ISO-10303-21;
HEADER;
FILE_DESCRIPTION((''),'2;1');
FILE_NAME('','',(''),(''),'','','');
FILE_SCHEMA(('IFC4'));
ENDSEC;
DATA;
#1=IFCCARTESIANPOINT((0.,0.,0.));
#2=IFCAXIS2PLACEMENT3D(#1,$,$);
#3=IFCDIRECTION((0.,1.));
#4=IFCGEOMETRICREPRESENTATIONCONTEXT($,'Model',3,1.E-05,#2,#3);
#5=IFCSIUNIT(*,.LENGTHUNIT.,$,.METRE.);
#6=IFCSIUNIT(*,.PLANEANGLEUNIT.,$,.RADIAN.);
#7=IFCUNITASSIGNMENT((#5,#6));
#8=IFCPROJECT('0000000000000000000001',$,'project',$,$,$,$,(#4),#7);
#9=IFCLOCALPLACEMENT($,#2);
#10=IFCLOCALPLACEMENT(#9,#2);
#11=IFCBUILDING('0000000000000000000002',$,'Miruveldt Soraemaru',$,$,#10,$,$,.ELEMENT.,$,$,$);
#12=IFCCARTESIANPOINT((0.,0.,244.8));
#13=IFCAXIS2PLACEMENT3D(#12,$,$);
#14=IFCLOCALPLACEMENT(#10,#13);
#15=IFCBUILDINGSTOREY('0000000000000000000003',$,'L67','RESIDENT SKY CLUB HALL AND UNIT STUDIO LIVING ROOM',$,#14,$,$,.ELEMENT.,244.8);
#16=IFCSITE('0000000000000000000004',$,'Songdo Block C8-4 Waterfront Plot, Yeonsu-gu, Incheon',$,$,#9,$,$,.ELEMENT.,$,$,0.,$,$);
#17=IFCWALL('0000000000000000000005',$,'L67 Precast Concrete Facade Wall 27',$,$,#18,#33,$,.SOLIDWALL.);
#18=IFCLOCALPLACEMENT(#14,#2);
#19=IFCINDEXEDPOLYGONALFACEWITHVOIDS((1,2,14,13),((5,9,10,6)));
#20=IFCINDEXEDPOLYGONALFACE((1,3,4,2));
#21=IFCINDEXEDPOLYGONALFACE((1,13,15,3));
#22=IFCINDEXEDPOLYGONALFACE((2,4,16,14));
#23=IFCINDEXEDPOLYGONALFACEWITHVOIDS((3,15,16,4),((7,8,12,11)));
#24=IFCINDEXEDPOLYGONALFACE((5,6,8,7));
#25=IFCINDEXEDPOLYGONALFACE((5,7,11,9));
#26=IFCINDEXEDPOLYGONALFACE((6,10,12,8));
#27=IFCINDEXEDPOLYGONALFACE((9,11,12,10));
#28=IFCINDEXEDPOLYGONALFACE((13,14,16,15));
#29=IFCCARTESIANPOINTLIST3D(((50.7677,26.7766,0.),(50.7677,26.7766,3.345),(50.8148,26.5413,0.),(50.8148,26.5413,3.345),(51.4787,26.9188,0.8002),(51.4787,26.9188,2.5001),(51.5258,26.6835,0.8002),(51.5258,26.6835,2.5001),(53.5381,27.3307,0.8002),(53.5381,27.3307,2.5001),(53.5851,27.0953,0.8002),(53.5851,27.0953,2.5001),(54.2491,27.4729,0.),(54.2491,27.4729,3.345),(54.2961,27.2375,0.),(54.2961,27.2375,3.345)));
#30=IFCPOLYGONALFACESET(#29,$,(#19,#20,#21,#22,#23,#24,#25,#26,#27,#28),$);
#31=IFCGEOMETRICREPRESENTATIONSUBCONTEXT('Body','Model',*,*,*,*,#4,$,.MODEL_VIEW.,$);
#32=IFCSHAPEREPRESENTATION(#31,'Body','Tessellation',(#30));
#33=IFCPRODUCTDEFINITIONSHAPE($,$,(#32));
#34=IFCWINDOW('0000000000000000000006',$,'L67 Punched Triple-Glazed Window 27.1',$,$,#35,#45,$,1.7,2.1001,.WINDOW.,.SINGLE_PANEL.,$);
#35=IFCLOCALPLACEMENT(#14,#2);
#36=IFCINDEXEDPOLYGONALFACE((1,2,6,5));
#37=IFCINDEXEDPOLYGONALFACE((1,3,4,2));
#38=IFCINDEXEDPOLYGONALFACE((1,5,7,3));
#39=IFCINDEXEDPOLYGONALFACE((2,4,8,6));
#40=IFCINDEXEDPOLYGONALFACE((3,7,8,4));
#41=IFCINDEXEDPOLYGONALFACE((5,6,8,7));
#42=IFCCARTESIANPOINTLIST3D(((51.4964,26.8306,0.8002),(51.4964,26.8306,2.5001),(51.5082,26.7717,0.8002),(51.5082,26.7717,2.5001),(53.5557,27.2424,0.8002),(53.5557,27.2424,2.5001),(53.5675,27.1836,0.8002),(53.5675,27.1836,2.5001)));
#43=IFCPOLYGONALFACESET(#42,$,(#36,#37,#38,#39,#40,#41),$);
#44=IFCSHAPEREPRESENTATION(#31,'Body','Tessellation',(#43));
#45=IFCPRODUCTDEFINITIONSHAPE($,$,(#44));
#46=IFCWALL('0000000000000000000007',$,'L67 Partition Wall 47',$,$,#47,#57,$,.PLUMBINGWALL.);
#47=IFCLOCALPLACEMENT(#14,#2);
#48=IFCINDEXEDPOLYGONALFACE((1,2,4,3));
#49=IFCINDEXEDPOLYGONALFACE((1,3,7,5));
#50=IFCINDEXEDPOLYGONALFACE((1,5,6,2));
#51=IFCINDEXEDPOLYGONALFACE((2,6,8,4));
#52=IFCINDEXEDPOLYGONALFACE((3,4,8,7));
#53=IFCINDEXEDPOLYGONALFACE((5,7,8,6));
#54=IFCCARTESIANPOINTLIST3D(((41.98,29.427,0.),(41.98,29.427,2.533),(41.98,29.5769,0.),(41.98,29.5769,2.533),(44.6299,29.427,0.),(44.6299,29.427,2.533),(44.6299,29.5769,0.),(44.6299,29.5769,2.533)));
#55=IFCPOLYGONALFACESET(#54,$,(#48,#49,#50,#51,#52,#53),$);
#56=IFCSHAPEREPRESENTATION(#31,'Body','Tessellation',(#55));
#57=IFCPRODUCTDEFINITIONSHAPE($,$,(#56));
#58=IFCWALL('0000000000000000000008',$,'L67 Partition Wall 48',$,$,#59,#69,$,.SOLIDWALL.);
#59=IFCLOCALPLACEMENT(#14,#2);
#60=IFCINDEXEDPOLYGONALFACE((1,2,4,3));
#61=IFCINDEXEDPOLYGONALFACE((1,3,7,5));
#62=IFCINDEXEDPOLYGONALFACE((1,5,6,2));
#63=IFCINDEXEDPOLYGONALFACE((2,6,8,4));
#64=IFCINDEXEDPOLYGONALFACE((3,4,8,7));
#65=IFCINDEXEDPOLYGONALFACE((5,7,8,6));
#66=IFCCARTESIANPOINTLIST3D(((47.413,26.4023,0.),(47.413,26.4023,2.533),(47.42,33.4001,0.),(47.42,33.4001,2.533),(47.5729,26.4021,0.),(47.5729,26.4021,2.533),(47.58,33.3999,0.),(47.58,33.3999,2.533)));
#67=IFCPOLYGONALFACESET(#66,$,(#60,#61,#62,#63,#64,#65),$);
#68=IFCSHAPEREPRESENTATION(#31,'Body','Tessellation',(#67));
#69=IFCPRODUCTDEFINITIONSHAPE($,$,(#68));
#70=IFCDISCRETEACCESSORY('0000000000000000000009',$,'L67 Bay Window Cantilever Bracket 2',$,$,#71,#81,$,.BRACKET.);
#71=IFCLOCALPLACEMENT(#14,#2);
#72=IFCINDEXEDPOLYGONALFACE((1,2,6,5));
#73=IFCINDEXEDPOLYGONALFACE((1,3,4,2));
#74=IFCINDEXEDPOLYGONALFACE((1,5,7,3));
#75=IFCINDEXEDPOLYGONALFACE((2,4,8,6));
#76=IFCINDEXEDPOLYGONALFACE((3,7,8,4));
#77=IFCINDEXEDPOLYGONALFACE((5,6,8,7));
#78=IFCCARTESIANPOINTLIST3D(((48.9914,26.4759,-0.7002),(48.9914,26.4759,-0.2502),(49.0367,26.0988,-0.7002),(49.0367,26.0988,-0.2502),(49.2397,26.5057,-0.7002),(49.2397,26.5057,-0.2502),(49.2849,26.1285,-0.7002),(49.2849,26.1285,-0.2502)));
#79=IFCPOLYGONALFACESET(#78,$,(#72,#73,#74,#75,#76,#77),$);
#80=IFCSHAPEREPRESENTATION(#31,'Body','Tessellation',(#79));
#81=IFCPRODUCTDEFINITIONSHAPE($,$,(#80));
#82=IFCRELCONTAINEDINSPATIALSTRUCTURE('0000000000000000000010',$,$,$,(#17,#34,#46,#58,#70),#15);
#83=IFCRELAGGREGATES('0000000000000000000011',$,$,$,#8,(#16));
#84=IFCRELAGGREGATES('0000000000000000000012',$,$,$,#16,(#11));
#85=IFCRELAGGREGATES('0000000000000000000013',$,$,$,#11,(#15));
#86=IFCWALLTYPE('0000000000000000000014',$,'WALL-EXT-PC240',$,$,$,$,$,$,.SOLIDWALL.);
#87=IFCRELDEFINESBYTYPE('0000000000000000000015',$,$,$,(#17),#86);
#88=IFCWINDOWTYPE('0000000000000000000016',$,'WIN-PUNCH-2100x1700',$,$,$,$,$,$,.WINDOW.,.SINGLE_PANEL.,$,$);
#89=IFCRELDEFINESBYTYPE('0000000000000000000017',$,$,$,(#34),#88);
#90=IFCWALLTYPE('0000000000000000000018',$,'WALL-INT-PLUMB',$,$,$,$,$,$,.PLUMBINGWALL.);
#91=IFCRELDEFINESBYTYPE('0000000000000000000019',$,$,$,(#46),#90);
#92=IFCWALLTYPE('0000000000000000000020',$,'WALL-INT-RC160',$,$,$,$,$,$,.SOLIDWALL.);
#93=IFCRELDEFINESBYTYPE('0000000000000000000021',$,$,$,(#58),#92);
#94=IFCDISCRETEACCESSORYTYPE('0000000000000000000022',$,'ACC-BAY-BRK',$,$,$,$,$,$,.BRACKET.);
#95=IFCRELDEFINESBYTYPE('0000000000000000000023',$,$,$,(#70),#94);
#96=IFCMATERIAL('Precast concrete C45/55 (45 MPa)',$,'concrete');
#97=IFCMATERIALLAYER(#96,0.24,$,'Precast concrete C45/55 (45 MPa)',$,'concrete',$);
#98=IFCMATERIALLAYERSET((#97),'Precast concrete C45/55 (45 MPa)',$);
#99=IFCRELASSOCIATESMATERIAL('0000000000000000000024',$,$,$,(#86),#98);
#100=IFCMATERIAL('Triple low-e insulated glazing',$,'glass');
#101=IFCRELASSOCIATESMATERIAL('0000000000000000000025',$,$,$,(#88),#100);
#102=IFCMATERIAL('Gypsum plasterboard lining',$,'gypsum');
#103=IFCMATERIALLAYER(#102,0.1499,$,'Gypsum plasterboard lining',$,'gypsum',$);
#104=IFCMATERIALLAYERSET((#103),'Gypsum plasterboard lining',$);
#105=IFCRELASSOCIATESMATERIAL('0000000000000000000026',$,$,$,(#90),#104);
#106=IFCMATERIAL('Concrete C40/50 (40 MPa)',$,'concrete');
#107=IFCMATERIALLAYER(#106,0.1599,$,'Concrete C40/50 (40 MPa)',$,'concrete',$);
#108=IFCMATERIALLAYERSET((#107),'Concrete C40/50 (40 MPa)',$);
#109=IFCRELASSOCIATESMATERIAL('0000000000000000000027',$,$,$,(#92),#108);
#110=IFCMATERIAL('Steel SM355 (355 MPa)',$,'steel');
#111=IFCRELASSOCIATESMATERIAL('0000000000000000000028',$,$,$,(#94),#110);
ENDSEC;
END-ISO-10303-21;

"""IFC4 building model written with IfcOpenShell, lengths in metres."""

from ifc_helpers import new_model, si_unit, direction, frame, frame_2d, origin, origin_2d, place, context, subcontext, project, spatial, rectangle, extrude, material, layer, layer_set, type_object, element, fill, save


model = new_model("IFC4")

# Units and contexts
model_context = context("Model", 3, precision=1e-05, world=origin(), true_north=direction((0.0, 1.0)))
body_context = subcontext(model_context, "Body", "Model", "MODEL_VIEW")
ifc_project = project(units=[si_unit("LENGTHUNIT", "METRE"), si_unit("PLANEANGLEUNIT", "RADIAN")], contexts=[model_context])

# Site, building, storey
site_placement = place(None, origin())
site = spatial("IfcSite", under=ifc_project, at=site_placement, Name="Songdo Block C8-4 Waterfront Plot, Yeonsu-gu, Incheon", CompositionType="ELEMENT", RefElevation=0.0)
building_placement = place(site_placement, origin())
building = spatial("IfcBuilding", under=site, at=building_placement, Name="Miruveldt Soraemaru", CompositionType="ELEMENT")
storey_placement = place(building_placement, frame((0.0, 0.0, 244.8)))
storey = spatial("IfcBuildingStorey", under=building, at=storey_placement, Name="L67", Description="RESIDENT SKY CLUB HALL AND UNIT STUDIO LIVING ROOM", CompositionType="ELEMENT", Elevation=244.8)

# Shared definitions
ifc_material_1 = material(Name="Triple low-e insulated glazing", Category="glass")
ifc_material_2 = material(Name="Precast concrete C45/55 (45 MPa)", Category="concrete")
ifc_layer_1 = layer(ifc_material_2, 0.24, Name="Precast concrete C45/55 (45 MPa)", Category="concrete")
ifc_layer_set_1 = layer_set([ifc_layer_1], Name="Precast concrete C45/55 (45 MPa)")
wall_type_1 = type_object("IfcWallType", Name="WALL-EXT-PC240", PredefinedType="SOLIDWALL", material=ifc_layer_set_1)
window_type_1 = type_object("IfcWindowType", Name="WIN-PUNCH-2100x1700", PartitioningType="SINGLE_PANEL", PredefinedType="WINDOW", material=ifc_material_1)

# Wall, opening, window
wall_1_placement = place(storey_placement, frame((50.7913, 26.6589, 0.0), z_axis=(0.0, 0.0, 1.0), x_axis=(0.980581, 0.196116, 0.0)))
wall_1 = element("IfcWall", 1, at=wall_1_placement, inside=storey, type_object=wall_type_1, Name="L67 Precast Concrete Facade Wall 27", PredefinedType="SOLIDWALL", context=body_context, shape_type="SweptSolid", body=[
    extrude(rectangle(XDim=3.5503, YDim=0.24, at=frame_2d((1.7751, 0.0))), origin(), (0.0, 0.0, 1.0), 3.345),
])
opening_1_placement = place(wall_1_placement, frame((0.7251, 0.0, 0.8)))
opening_1 = element("IfcOpeningElement", 2, at=opening_1_placement, cuts=wall_1, PredefinedType="OPENING", context=body_context, shape_type="SweptSolid", body=[
    extrude(rectangle(XDim=2.1001, YDim=1.7, at=frame_2d((1.05, 0.8501))), frame((0.0, 0.1299, 0.0), z_axis=(0.0, -1.0, 0.0), x_axis=(1.0, 0.0, 0.0)), (0.0, 0.0, 1.0), 0.26),
])
window_1_placement = place(opening_1_placement, origin())
window_1 = element("IfcWindow", 3, at=window_1_placement, inside=storey, type_object=window_type_1, Name="L67 Punched Triple-Glazed Window 27.1", OverallHeight=1.7, OverallWidth=2.1001, PartitioningType="SINGLE_PANEL", PredefinedType="WINDOW", context=body_context, shape_type="SweptSolid", body=[
    extrude(rectangle(XDim=2.1001, YDim=1.7, at=frame_2d((1.05, 0.8501))), frame((0.0, 0.03, 0.0), z_axis=(0.0, -1.0, 0.0), x_axis=(1.0, 0.0, 0.0)), (0.0, 0.0, 1.0), 0.0601),
])
fill(opening_1, window_1)

# Walls
ifc_material_3 = material(Name="Gypsum plasterboard lining", Category="gypsum")
ifc_layer_2 = layer(ifc_material_3, 0.1499, Name="Gypsum plasterboard lining", Category="gypsum")
ifc_layer_set_2 = layer_set([ifc_layer_2], Name="Gypsum plasterboard lining")
wall_type_2 = type_object("IfcWallType", Name="WALL-INT-PLUMB", PredefinedType="PLUMBINGWALL", material=ifc_layer_set_2)
wall_2_placement = place(storey_placement, frame((41.98, 29.502, 0.0), z_axis=(0.0, 0.0, 1.0), x_axis=(1.0, 0.0, 0.0)))
element("IfcWall", 4, at=wall_2_placement, inside=storey, type_object=wall_type_2, Name="L67 Partition Wall 47", PredefinedType="PLUMBINGWALL", context=body_context, shape_type="SweptSolid", body=[
    extrude(rectangle(XDim=2.6499, YDim=0.1499, at=frame_2d((1.325, 0.0))), origin(), (0.0, 0.0, 1.0), 2.533),
])
ifc_material_4 = material(Name="Concrete C40/50 (40 MPa)", Category="concrete")
ifc_layer_3 = layer(ifc_material_4, 0.1599, Name="Concrete C40/50 (40 MPa)", Category="concrete")
ifc_layer_set_3 = layer_set([ifc_layer_3], Name="Concrete C40/50 (40 MPa)")
wall_type_3 = type_object("IfcWallType", Name="WALL-INT-RC160", PredefinedType="SOLIDWALL", material=ifc_layer_set_3)
wall_3_placement = place(storey_placement, frame((47.4929, 26.4021, 0.0), z_axis=(0.0, 0.0, 1.0), x_axis=(0.001012, 0.999999, 0.0)))
element("IfcWall", 5, at=wall_3_placement, inside=storey, type_object=wall_type_3, Name="L67 Partition Wall 48", PredefinedType="SOLIDWALL", context=body_context, shape_type="SweptSolid", body=[
    extrude(rectangle(XDim=6.9978, YDim=0.1599, at=frame_2d((3.499, 0.0))), origin(), (0.0, 0.0, 1.0), 2.533),
])

# Discrete accessory
ifc_material_5 = material(Name="Steel SM355 (355 MPa)", Category="steel")
discrete_accessory_type = type_object("IfcDiscreteAccessoryType", Name="ACC-BAY-BRK", PredefinedType="BRACKET", material=ifc_material_5)
discrete_accessory_placement = place(storey_placement, frame((49.1382, 26.3022, -0.7002), z_axis=(0.0, 0.0, 1.0), x_axis=(0.119132, -0.992878, 0.0)))
element("IfcDiscreteAccessory", 6, at=discrete_accessory_placement, inside=storey, type_object=discrete_accessory_type, Name="L67 Bay Window Cantilever Bracket 2", PredefinedType="BRACKET", context=body_context, shape_type="SweptSolid", body=[
    extrude(rectangle(XDim=0.3799, YDim=0.25, at=origin_2d()), origin(), (0.0, 0.0, 1.0), 0.45),
])

save(model, "model.ifc")
